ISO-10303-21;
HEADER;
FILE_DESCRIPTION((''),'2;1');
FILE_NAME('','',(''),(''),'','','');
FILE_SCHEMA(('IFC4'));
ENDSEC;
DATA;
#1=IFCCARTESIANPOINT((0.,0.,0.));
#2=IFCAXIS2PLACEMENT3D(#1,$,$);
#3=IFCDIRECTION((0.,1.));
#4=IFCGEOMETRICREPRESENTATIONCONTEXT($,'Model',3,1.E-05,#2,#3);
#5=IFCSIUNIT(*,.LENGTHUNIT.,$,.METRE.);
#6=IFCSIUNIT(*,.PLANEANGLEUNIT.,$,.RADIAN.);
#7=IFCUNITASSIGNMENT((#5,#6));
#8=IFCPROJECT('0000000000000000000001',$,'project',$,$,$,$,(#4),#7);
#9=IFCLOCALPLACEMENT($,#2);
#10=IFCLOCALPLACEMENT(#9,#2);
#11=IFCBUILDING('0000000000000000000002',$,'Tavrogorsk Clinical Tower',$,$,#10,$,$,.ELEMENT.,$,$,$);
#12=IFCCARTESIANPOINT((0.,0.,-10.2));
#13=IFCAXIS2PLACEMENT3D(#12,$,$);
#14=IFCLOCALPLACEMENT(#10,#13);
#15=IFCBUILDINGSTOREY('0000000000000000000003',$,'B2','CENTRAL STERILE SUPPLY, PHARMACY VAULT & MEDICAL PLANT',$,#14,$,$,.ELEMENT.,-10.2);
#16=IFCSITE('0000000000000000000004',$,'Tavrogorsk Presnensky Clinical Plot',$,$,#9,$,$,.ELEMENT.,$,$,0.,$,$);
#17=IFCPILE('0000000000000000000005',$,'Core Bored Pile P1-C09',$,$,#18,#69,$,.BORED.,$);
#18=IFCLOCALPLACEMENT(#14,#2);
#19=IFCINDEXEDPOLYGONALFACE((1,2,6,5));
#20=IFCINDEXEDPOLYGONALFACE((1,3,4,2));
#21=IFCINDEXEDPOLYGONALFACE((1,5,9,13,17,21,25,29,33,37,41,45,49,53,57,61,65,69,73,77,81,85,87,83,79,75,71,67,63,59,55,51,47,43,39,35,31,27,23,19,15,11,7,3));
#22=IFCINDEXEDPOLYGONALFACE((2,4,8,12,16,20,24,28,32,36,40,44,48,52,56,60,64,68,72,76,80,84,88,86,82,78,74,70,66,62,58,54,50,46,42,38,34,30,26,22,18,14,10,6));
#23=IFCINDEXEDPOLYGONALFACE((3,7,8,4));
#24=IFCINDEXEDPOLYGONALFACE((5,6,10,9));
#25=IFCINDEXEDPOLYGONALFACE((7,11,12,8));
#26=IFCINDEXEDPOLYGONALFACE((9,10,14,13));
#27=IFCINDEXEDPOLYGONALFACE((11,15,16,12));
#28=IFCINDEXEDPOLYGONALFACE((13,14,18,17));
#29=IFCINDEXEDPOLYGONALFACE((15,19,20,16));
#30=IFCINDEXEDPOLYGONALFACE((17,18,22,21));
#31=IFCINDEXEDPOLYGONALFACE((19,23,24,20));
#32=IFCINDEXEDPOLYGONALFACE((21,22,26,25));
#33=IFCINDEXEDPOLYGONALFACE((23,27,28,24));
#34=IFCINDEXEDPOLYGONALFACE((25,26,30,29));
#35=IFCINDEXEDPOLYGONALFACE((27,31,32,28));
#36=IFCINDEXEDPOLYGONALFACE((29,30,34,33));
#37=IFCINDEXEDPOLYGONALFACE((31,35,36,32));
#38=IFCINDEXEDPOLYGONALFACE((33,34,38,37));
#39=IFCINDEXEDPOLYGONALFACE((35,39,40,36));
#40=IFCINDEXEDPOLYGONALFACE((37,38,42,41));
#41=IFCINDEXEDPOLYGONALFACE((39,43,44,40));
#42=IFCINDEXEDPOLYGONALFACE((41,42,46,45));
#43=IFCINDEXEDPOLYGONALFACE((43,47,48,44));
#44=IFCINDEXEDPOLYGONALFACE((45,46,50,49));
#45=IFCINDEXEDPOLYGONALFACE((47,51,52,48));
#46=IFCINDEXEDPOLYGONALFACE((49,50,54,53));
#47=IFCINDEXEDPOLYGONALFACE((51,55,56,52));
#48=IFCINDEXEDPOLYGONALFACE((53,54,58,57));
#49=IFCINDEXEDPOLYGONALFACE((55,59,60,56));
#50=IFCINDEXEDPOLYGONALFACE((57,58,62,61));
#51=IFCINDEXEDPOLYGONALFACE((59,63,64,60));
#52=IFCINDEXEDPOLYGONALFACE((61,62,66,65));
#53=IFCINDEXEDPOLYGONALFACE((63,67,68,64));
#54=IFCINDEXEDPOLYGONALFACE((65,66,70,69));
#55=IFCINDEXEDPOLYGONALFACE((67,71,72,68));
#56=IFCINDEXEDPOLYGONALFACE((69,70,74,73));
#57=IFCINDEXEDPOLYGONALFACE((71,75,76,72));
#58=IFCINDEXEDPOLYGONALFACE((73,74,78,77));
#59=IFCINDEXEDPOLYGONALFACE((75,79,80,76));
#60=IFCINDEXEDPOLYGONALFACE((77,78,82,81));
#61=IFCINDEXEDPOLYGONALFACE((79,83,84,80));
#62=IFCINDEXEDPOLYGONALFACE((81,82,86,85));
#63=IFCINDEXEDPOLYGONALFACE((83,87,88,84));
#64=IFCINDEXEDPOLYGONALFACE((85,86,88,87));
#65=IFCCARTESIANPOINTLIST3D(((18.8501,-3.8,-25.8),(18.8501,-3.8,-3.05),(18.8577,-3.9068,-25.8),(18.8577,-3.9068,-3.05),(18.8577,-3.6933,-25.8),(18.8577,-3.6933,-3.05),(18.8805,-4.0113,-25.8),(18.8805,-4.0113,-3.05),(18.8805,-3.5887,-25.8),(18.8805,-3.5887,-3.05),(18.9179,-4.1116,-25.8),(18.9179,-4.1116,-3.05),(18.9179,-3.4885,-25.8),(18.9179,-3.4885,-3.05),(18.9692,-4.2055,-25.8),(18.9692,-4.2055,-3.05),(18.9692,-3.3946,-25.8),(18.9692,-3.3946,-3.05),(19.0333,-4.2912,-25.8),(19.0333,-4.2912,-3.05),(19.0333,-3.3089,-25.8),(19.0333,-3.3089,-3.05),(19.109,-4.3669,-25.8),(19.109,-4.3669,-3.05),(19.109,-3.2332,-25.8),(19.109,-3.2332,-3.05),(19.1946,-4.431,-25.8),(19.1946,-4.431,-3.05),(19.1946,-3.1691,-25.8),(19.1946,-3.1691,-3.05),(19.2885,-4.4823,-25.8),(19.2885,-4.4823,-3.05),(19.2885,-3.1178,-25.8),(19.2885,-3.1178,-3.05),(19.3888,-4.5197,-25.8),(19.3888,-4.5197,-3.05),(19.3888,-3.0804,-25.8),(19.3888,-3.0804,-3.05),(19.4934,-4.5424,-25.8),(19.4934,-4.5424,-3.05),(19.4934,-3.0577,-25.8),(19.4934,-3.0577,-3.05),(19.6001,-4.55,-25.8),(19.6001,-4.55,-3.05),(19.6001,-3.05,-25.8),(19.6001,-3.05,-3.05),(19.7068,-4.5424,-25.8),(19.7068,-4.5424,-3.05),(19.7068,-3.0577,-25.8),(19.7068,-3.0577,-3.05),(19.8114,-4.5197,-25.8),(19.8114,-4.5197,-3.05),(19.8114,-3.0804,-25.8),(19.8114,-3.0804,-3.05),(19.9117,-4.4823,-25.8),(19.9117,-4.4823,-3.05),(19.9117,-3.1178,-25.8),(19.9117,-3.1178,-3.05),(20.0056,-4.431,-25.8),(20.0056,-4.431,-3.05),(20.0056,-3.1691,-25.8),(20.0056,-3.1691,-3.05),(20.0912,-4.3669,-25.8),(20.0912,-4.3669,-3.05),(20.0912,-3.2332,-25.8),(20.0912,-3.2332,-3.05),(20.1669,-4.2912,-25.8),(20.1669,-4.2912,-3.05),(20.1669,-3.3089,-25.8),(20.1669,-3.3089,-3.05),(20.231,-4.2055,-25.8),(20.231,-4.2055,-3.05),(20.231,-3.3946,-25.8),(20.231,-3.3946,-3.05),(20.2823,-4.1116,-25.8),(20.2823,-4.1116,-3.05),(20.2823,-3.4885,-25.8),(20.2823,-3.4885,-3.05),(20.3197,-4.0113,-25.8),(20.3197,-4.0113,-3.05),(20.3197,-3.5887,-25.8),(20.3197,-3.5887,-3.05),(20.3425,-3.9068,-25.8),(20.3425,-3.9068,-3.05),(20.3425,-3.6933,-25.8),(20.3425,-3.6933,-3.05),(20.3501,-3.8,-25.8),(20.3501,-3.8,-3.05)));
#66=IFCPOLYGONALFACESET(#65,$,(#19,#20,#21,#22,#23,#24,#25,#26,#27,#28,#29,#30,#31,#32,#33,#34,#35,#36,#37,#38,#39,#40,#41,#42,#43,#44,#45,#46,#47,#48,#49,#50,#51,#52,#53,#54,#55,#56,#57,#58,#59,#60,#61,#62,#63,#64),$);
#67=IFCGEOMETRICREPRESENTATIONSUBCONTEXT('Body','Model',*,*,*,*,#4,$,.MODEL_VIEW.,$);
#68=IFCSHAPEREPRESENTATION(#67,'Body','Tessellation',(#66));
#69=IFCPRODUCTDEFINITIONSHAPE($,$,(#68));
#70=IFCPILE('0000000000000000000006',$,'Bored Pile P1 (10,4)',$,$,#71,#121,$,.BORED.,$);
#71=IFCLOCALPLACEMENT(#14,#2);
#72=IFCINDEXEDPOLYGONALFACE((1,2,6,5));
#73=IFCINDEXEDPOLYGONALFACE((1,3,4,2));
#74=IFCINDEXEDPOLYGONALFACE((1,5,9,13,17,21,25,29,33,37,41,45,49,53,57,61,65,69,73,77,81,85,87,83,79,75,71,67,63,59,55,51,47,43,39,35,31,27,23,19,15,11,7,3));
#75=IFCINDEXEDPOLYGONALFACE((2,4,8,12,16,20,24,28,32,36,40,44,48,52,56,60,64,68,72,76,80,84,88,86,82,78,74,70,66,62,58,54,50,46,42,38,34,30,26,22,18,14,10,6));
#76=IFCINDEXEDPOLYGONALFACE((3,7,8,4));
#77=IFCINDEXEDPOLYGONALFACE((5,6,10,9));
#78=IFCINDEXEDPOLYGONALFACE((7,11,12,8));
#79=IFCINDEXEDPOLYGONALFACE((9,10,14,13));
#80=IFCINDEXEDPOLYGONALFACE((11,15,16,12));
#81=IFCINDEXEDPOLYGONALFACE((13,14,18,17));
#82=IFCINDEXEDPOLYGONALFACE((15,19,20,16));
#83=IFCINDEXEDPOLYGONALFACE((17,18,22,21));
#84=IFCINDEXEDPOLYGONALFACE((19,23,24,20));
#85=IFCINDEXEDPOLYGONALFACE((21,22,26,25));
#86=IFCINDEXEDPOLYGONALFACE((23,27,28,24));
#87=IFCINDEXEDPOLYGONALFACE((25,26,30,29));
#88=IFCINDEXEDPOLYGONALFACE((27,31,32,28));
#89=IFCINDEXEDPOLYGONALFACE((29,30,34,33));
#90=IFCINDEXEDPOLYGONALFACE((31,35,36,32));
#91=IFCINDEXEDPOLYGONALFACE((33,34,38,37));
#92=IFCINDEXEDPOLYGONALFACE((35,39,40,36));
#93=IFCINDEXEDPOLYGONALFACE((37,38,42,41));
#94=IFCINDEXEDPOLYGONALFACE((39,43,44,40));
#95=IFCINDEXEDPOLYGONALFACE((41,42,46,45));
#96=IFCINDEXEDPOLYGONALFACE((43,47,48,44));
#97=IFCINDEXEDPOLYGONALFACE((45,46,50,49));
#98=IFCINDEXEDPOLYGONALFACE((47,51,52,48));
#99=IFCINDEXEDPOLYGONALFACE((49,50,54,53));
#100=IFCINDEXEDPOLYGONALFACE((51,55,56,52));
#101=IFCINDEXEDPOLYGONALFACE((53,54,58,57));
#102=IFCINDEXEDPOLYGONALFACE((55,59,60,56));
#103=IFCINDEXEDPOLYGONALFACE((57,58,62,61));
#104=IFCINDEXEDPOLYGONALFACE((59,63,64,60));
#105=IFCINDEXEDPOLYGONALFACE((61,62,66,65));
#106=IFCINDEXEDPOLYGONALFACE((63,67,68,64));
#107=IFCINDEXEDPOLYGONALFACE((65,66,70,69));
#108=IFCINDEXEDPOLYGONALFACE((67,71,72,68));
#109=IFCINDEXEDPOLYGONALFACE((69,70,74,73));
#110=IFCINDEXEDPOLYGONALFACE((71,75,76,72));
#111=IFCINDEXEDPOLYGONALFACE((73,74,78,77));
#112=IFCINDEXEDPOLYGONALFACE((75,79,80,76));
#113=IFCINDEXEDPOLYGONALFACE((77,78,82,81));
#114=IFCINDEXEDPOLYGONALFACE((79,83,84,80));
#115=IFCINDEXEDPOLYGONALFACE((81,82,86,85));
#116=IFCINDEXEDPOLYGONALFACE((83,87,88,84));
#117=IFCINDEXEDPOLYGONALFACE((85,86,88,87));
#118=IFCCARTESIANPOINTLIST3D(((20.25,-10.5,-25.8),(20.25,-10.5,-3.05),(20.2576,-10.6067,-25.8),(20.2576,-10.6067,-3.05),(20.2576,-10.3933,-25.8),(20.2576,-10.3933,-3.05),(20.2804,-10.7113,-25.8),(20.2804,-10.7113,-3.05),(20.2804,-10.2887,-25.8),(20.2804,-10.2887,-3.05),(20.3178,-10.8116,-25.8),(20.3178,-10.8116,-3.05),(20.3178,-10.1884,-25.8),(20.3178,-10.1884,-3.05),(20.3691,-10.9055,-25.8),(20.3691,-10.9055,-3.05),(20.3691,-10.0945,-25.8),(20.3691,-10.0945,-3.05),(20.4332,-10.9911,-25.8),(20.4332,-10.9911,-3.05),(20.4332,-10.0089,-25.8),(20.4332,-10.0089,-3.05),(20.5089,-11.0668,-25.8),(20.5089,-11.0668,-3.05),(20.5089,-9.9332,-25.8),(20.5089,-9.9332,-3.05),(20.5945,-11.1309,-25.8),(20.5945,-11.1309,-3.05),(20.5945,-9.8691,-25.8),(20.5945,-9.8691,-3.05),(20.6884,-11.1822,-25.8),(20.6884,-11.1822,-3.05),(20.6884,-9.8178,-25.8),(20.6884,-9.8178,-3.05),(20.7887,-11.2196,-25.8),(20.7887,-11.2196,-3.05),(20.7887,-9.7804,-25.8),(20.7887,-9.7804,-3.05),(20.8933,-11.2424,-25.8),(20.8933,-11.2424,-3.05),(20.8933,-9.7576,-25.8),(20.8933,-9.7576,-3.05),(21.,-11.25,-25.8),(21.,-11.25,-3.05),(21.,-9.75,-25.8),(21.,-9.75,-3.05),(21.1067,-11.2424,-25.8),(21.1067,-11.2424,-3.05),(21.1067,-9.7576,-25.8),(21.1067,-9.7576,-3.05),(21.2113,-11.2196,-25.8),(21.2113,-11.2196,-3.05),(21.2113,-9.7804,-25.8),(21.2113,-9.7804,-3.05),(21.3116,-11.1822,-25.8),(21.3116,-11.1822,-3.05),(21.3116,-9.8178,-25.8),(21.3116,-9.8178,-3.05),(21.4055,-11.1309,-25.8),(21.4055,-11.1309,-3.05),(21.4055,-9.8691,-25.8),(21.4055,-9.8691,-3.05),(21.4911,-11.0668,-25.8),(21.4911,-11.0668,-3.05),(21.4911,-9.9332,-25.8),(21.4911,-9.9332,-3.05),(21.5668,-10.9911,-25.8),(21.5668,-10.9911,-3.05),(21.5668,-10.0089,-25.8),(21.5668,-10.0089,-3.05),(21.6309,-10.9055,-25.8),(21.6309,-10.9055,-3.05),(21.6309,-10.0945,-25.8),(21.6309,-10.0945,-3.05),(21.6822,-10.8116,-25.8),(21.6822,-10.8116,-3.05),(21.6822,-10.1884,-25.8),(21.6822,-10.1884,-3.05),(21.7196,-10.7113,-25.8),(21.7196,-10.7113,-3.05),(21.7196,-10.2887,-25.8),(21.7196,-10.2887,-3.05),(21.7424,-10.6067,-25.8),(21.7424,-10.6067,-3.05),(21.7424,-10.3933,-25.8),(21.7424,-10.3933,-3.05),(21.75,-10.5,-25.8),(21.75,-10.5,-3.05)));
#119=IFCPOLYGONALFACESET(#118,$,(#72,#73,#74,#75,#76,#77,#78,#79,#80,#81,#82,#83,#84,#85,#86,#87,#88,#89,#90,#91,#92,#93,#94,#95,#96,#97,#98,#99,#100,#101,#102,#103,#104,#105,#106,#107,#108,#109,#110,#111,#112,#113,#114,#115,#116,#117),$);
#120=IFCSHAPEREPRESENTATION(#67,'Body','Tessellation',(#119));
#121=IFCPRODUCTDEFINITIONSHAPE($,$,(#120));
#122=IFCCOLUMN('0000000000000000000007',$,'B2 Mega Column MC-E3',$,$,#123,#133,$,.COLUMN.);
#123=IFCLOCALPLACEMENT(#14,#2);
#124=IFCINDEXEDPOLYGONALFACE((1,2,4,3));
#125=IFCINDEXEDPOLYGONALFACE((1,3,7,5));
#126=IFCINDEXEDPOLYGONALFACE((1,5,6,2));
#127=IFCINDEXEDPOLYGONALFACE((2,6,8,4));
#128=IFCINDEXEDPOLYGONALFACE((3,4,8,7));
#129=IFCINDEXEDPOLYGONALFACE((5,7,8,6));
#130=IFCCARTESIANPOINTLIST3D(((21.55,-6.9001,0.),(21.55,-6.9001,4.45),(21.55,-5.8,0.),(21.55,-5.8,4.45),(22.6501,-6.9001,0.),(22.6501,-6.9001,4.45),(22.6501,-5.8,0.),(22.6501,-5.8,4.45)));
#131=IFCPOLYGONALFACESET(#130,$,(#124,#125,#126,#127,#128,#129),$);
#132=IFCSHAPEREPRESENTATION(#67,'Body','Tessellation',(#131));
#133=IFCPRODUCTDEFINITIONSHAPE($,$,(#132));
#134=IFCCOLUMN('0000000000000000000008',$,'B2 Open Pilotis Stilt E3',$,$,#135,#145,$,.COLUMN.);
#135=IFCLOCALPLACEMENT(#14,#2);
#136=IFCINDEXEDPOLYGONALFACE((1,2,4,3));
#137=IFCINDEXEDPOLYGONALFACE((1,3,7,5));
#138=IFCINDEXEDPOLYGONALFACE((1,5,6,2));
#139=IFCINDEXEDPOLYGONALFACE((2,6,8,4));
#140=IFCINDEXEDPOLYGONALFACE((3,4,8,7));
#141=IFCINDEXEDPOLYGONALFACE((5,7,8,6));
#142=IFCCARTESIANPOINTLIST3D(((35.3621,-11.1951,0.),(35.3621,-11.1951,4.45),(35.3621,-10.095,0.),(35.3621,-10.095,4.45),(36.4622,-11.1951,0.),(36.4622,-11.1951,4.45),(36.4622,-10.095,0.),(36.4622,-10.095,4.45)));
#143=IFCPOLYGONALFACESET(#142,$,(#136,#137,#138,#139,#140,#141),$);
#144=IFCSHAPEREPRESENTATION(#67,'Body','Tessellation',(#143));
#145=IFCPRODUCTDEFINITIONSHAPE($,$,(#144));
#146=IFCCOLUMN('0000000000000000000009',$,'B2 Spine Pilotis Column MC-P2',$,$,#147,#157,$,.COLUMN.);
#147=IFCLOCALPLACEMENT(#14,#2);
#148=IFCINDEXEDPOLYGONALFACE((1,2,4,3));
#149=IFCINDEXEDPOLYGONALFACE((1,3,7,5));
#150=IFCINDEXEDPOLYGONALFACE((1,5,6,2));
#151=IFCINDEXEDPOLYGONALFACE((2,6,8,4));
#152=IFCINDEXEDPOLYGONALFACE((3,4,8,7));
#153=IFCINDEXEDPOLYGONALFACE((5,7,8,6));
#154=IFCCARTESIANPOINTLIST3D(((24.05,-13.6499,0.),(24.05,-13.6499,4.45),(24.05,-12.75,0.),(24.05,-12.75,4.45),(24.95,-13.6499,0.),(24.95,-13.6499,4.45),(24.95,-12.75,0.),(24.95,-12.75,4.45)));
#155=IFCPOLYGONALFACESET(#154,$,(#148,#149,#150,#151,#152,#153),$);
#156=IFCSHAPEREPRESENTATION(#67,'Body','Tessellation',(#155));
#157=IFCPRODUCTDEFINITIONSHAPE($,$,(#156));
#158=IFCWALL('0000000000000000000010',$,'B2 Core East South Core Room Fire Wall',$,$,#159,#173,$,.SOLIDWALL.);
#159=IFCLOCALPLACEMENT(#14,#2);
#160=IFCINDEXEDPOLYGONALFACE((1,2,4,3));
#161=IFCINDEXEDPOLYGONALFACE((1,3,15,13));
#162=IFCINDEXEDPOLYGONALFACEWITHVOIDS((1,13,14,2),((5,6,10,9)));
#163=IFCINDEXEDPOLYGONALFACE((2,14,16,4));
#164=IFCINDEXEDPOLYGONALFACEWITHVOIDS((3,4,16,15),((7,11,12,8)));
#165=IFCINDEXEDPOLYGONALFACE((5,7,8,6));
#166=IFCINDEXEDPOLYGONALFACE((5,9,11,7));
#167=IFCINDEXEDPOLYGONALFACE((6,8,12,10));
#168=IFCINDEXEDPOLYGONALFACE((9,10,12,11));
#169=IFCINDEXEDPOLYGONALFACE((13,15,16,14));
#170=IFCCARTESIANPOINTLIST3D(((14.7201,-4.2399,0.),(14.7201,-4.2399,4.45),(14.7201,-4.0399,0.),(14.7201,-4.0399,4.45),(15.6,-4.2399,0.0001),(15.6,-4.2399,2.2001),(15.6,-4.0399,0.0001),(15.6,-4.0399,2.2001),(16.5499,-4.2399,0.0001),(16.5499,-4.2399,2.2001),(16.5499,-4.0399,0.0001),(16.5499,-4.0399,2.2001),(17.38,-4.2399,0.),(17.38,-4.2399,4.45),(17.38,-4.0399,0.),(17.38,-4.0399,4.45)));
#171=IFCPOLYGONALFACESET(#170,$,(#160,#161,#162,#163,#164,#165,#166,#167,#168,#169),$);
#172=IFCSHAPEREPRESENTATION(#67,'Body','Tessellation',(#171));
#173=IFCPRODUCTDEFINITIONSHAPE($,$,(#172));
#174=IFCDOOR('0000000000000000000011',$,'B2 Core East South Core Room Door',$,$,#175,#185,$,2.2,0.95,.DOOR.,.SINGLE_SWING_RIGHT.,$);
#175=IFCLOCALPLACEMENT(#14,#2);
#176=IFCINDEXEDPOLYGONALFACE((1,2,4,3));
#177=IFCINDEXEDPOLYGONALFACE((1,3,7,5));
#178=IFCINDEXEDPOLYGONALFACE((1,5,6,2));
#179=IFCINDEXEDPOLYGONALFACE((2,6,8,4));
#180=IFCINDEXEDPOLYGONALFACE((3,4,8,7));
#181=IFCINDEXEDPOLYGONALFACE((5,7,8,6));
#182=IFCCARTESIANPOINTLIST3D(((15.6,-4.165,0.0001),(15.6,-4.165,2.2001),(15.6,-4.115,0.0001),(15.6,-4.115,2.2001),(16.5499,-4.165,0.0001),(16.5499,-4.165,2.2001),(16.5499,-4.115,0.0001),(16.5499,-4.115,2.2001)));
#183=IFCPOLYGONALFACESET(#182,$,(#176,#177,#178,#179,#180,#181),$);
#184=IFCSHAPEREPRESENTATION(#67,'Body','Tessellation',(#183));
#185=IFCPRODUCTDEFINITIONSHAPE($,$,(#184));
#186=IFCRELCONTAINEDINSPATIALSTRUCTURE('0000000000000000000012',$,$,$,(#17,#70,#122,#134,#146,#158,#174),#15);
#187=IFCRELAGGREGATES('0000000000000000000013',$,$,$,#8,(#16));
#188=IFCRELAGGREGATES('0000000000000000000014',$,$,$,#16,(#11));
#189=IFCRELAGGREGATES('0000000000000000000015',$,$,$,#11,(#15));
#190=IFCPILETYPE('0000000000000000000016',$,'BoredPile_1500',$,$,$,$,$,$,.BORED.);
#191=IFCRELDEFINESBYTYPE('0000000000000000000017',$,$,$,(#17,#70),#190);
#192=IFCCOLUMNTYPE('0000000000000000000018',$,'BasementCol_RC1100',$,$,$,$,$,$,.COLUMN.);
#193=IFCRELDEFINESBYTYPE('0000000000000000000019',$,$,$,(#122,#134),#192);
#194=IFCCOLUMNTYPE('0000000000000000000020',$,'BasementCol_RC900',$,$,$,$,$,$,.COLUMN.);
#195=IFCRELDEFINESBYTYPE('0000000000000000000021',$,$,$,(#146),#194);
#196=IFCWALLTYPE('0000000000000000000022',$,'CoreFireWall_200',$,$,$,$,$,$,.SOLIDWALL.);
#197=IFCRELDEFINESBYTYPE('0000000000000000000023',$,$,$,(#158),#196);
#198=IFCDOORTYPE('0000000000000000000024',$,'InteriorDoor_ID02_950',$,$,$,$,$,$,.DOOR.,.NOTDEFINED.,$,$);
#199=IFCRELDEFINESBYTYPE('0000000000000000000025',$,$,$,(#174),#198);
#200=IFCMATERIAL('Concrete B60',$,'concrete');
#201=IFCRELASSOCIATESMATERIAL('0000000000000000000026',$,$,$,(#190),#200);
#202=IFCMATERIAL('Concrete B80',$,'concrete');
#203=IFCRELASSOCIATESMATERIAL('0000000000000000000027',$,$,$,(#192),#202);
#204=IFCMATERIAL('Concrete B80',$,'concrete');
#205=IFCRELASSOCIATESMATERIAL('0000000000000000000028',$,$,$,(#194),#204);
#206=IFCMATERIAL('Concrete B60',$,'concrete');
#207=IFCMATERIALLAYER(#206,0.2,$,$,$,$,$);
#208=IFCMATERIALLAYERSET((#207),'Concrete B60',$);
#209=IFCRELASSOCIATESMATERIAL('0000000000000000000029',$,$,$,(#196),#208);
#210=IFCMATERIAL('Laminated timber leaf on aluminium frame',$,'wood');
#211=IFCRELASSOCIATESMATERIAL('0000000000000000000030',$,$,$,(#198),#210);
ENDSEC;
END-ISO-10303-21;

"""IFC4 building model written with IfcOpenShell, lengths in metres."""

from ifc_helpers import new_model, si_unit, direction, frame, frame_2d, origin, origin_2d, place, context, subcontext, project, spatial, rectangle, circle, extrude, material, layer, layer_set, material_profile, profile_set, type_object, element, fill, save


model = new_model("IFC4")

# Units and contexts
model_context = context("Model", 3, precision=1e-05, world=origin(), true_north=direction((0.0, 1.0)))
body_context = subcontext(model_context, "Body", "Model", "MODEL_VIEW")
ifc_project = project(units=[si_unit("LENGTHUNIT", "METRE"), si_unit("PLANEANGLEUNIT", "RADIAN")], contexts=[model_context])

# Site, building, storey
site_placement = place(None, origin())
site = spatial("IfcSite", under=ifc_project, at=site_placement, Name="Tavrogorsk Presnensky Clinical Plot", CompositionType="ELEMENT", RefElevation=0.0)
building_placement = place(site_placement, origin())
building = spatial("IfcBuilding", under=site, at=building_placement, Name="Tavrogorsk Clinical Tower", CompositionType="ELEMENT")
storey_placement = place(building_placement, frame((0.0, 0.0, -10.2)))
storey = spatial("IfcBuildingStorey", under=building, at=storey_placement, Name="B2", Description="CENTRAL STERILE SUPPLY, PHARMACY VAULT & MEDICAL PLANT", CompositionType="ELEMENT", Elevation=-10.2)

# Piles
ifc_material_1 = material(Name="Concrete B60", Category="concrete")
ifc_material_profile_1 = material_profile(ifc_material_1, circle(Radius=0.75, at=origin_2d()), Name="BORED-PILE-1500")
ifc_profile_set_1 = profile_set([ifc_material_profile_1], Name="Concrete B60")
pile_type_1 = type_object("IfcPileType", Name="BoredPile_1500", PredefinedType="BORED", material=ifc_profile_set_1)
for number, where, z_axis, x_axis, name in (
    (1, (19.6001, -3.8, -3.05), (0.0, 0.0, -1.0), (1.0, 0.0, 0.0), "Core Bored Pile P1-C09"),
    (2, (21.0, -10.5, -3.05), (0.0, 0.0, -1.0), (1.0, 0.0, 0.0), "Bored Pile P1 (10,4)"),
):
    element("IfcPile", number, at=place(storey_placement, frame(where, z_axis=z_axis, x_axis=x_axis)), inside=storey, type_object=pile_type_1, Name=name, PredefinedType="BORED", context=body_context, shape_type="SweptSolid", body=[
        extrude(circle(Radius=0.75, at=origin_2d()), origin(), (0.0, 0.0, 1.0), 22.75),
    ])

# Columns
ifc_material_2 = material(Name="Concrete B80", Category="concrete")
ifc_material_profile_2 = material_profile(ifc_material_2, rectangle(XDim=1.1001, YDim=1.1001, at=origin_2d()), Name="RC-COL-1100x1100")
ifc_profile_set_2 = profile_set([ifc_material_profile_2], Name="Concrete B80")
column_type_1 = type_object("IfcColumnType", Name="BasementCol_RC1100", PredefinedType="COLUMN", material=ifc_profile_set_2)
for number, where, z_axis, x_axis, name in (
    (3, (22.1001, -6.3501, 0.0), (0.0, 0.0, 1.0), (1.0, 0.0, 0.0), "B2 Mega Column MC-E3"),
    (4, (35.9121, -10.645, 0.0), (0.0, 0.0, 1.0), (1.0, 0.0, 0.0), "B2 Open Pilotis Stilt E3"),
):
    element("IfcColumn", number, at=place(storey_placement, frame(where, z_axis=z_axis, x_axis=x_axis)), inside=storey, type_object=column_type_1, Name=name, PredefinedType="COLUMN", context=body_context, shape_type="SweptSolid", body=[
        extrude(rectangle(XDim=1.1001, YDim=1.1001, at=origin_2d()), origin(), (0.0, 0.0, 1.0), 4.45),
    ])
ifc_material_3 = material(Name="Concrete B80", Category="concrete")
ifc_material_profile_3 = material_profile(ifc_material_3, rectangle(XDim=0.8999, YDim=0.8999, at=origin_2d()), Name="RC-COL-900x900")
ifc_profile_set_3 = profile_set([ifc_material_profile_3], Name="Concrete B80")
column_type_2 = type_object("IfcColumnType", Name="BasementCol_RC900", PredefinedType="COLUMN", material=ifc_profile_set_3)
column_placement = place(storey_placement, frame((24.5, -13.2, 0.0), z_axis=(0.0, 0.0, 1.0), x_axis=(1.0, 0.0, 0.0)))
element("IfcColumn", 5, at=column_placement, inside=storey, type_object=column_type_2, Name="B2 Spine Pilotis Column MC-P2", PredefinedType="COLUMN", context=body_context, shape_type="SweptSolid", body=[
    extrude(rectangle(XDim=0.8999, YDim=0.8999, at=origin_2d()), origin(), (0.0, 0.0, 1.0), 4.45),
])

# Wall, opening, door
ifc_material_4 = material(Name="Concrete B60", Category="concrete")
ifc_layer_1 = layer(ifc_material_4, 0.2)
ifc_layer_set_1 = layer_set([ifc_layer_1], Name="Concrete B60")
wall_type_1 = type_object("IfcWallType", Name="CoreFireWall_200", PredefinedType="SOLIDWALL", material=ifc_layer_set_1)
wall_1_placement = place(storey_placement, frame((14.72, -4.1399, 0.0), z_axis=(0.0, 0.0, 1.0), x_axis=(1.0, 0.0, 0.0)))
wall_1 = element("IfcWall", 6, at=wall_1_placement, inside=storey, type_object=wall_type_1, Name="B2 Core East South Core Room Fire Wall", PredefinedType="SOLIDWALL", context=body_context, shape_type="SweptSolid", body=[
    extrude(rectangle(XDim=2.6599, YDim=0.2, at=frame_2d((1.3301, 0.0))), origin(), (0.0, 0.0, 1.0), 4.45),
])
opening_1_placement = place(wall_1_placement, frame((0.8799, 0.0, 0.0)))
opening_1 = element("IfcOpeningElement", 7, at=opening_1_placement, cuts=wall_1, PredefinedType="OPENING", context=body_context, shape_type="SweptSolid", body=[
    extrude(rectangle(XDim=0.95, YDim=2.2, at=frame_2d((0.4751, 1.1001))), frame((0.0, 0.1099, 0.0), z_axis=(0.0, -1.0, 0.0), x_axis=(1.0, 0.0, 0.0)), (0.0, 0.0, 1.0), 0.22),
])
ifc_material_5 = material(Name="Laminated timber leaf on aluminium frame", Category="wood")
door_type_1 = type_object("IfcDoorType", Name="InteriorDoor_ID02_950", OperationType="NOTDEFINED", PredefinedType="DOOR", material=ifc_material_5)
door_1_placement = place(opening_1_placement, origin())
door_1 = element("IfcDoor", 8, at=door_1_placement, inside=storey, type_object=door_type_1, Name="B2 Core East South Core Room Door", OperationType="SINGLE_SWING_RIGHT", OverallHeight=2.2, OverallWidth=0.95, PredefinedType="DOOR", context=body_context, shape_type="SweptSolid", body=[
    extrude(rectangle(XDim=0.95, YDim=2.2, at=frame_2d((0.4751, 1.1001))), frame((0.0, 0.0249, 0.0), z_axis=(0.0, -1.0, 0.0), x_axis=(1.0, 0.0, 0.0)), (0.0, 0.0, 1.0), 0.05),
])
fill(opening_1, door_1)

save(model, "model.ifc")
